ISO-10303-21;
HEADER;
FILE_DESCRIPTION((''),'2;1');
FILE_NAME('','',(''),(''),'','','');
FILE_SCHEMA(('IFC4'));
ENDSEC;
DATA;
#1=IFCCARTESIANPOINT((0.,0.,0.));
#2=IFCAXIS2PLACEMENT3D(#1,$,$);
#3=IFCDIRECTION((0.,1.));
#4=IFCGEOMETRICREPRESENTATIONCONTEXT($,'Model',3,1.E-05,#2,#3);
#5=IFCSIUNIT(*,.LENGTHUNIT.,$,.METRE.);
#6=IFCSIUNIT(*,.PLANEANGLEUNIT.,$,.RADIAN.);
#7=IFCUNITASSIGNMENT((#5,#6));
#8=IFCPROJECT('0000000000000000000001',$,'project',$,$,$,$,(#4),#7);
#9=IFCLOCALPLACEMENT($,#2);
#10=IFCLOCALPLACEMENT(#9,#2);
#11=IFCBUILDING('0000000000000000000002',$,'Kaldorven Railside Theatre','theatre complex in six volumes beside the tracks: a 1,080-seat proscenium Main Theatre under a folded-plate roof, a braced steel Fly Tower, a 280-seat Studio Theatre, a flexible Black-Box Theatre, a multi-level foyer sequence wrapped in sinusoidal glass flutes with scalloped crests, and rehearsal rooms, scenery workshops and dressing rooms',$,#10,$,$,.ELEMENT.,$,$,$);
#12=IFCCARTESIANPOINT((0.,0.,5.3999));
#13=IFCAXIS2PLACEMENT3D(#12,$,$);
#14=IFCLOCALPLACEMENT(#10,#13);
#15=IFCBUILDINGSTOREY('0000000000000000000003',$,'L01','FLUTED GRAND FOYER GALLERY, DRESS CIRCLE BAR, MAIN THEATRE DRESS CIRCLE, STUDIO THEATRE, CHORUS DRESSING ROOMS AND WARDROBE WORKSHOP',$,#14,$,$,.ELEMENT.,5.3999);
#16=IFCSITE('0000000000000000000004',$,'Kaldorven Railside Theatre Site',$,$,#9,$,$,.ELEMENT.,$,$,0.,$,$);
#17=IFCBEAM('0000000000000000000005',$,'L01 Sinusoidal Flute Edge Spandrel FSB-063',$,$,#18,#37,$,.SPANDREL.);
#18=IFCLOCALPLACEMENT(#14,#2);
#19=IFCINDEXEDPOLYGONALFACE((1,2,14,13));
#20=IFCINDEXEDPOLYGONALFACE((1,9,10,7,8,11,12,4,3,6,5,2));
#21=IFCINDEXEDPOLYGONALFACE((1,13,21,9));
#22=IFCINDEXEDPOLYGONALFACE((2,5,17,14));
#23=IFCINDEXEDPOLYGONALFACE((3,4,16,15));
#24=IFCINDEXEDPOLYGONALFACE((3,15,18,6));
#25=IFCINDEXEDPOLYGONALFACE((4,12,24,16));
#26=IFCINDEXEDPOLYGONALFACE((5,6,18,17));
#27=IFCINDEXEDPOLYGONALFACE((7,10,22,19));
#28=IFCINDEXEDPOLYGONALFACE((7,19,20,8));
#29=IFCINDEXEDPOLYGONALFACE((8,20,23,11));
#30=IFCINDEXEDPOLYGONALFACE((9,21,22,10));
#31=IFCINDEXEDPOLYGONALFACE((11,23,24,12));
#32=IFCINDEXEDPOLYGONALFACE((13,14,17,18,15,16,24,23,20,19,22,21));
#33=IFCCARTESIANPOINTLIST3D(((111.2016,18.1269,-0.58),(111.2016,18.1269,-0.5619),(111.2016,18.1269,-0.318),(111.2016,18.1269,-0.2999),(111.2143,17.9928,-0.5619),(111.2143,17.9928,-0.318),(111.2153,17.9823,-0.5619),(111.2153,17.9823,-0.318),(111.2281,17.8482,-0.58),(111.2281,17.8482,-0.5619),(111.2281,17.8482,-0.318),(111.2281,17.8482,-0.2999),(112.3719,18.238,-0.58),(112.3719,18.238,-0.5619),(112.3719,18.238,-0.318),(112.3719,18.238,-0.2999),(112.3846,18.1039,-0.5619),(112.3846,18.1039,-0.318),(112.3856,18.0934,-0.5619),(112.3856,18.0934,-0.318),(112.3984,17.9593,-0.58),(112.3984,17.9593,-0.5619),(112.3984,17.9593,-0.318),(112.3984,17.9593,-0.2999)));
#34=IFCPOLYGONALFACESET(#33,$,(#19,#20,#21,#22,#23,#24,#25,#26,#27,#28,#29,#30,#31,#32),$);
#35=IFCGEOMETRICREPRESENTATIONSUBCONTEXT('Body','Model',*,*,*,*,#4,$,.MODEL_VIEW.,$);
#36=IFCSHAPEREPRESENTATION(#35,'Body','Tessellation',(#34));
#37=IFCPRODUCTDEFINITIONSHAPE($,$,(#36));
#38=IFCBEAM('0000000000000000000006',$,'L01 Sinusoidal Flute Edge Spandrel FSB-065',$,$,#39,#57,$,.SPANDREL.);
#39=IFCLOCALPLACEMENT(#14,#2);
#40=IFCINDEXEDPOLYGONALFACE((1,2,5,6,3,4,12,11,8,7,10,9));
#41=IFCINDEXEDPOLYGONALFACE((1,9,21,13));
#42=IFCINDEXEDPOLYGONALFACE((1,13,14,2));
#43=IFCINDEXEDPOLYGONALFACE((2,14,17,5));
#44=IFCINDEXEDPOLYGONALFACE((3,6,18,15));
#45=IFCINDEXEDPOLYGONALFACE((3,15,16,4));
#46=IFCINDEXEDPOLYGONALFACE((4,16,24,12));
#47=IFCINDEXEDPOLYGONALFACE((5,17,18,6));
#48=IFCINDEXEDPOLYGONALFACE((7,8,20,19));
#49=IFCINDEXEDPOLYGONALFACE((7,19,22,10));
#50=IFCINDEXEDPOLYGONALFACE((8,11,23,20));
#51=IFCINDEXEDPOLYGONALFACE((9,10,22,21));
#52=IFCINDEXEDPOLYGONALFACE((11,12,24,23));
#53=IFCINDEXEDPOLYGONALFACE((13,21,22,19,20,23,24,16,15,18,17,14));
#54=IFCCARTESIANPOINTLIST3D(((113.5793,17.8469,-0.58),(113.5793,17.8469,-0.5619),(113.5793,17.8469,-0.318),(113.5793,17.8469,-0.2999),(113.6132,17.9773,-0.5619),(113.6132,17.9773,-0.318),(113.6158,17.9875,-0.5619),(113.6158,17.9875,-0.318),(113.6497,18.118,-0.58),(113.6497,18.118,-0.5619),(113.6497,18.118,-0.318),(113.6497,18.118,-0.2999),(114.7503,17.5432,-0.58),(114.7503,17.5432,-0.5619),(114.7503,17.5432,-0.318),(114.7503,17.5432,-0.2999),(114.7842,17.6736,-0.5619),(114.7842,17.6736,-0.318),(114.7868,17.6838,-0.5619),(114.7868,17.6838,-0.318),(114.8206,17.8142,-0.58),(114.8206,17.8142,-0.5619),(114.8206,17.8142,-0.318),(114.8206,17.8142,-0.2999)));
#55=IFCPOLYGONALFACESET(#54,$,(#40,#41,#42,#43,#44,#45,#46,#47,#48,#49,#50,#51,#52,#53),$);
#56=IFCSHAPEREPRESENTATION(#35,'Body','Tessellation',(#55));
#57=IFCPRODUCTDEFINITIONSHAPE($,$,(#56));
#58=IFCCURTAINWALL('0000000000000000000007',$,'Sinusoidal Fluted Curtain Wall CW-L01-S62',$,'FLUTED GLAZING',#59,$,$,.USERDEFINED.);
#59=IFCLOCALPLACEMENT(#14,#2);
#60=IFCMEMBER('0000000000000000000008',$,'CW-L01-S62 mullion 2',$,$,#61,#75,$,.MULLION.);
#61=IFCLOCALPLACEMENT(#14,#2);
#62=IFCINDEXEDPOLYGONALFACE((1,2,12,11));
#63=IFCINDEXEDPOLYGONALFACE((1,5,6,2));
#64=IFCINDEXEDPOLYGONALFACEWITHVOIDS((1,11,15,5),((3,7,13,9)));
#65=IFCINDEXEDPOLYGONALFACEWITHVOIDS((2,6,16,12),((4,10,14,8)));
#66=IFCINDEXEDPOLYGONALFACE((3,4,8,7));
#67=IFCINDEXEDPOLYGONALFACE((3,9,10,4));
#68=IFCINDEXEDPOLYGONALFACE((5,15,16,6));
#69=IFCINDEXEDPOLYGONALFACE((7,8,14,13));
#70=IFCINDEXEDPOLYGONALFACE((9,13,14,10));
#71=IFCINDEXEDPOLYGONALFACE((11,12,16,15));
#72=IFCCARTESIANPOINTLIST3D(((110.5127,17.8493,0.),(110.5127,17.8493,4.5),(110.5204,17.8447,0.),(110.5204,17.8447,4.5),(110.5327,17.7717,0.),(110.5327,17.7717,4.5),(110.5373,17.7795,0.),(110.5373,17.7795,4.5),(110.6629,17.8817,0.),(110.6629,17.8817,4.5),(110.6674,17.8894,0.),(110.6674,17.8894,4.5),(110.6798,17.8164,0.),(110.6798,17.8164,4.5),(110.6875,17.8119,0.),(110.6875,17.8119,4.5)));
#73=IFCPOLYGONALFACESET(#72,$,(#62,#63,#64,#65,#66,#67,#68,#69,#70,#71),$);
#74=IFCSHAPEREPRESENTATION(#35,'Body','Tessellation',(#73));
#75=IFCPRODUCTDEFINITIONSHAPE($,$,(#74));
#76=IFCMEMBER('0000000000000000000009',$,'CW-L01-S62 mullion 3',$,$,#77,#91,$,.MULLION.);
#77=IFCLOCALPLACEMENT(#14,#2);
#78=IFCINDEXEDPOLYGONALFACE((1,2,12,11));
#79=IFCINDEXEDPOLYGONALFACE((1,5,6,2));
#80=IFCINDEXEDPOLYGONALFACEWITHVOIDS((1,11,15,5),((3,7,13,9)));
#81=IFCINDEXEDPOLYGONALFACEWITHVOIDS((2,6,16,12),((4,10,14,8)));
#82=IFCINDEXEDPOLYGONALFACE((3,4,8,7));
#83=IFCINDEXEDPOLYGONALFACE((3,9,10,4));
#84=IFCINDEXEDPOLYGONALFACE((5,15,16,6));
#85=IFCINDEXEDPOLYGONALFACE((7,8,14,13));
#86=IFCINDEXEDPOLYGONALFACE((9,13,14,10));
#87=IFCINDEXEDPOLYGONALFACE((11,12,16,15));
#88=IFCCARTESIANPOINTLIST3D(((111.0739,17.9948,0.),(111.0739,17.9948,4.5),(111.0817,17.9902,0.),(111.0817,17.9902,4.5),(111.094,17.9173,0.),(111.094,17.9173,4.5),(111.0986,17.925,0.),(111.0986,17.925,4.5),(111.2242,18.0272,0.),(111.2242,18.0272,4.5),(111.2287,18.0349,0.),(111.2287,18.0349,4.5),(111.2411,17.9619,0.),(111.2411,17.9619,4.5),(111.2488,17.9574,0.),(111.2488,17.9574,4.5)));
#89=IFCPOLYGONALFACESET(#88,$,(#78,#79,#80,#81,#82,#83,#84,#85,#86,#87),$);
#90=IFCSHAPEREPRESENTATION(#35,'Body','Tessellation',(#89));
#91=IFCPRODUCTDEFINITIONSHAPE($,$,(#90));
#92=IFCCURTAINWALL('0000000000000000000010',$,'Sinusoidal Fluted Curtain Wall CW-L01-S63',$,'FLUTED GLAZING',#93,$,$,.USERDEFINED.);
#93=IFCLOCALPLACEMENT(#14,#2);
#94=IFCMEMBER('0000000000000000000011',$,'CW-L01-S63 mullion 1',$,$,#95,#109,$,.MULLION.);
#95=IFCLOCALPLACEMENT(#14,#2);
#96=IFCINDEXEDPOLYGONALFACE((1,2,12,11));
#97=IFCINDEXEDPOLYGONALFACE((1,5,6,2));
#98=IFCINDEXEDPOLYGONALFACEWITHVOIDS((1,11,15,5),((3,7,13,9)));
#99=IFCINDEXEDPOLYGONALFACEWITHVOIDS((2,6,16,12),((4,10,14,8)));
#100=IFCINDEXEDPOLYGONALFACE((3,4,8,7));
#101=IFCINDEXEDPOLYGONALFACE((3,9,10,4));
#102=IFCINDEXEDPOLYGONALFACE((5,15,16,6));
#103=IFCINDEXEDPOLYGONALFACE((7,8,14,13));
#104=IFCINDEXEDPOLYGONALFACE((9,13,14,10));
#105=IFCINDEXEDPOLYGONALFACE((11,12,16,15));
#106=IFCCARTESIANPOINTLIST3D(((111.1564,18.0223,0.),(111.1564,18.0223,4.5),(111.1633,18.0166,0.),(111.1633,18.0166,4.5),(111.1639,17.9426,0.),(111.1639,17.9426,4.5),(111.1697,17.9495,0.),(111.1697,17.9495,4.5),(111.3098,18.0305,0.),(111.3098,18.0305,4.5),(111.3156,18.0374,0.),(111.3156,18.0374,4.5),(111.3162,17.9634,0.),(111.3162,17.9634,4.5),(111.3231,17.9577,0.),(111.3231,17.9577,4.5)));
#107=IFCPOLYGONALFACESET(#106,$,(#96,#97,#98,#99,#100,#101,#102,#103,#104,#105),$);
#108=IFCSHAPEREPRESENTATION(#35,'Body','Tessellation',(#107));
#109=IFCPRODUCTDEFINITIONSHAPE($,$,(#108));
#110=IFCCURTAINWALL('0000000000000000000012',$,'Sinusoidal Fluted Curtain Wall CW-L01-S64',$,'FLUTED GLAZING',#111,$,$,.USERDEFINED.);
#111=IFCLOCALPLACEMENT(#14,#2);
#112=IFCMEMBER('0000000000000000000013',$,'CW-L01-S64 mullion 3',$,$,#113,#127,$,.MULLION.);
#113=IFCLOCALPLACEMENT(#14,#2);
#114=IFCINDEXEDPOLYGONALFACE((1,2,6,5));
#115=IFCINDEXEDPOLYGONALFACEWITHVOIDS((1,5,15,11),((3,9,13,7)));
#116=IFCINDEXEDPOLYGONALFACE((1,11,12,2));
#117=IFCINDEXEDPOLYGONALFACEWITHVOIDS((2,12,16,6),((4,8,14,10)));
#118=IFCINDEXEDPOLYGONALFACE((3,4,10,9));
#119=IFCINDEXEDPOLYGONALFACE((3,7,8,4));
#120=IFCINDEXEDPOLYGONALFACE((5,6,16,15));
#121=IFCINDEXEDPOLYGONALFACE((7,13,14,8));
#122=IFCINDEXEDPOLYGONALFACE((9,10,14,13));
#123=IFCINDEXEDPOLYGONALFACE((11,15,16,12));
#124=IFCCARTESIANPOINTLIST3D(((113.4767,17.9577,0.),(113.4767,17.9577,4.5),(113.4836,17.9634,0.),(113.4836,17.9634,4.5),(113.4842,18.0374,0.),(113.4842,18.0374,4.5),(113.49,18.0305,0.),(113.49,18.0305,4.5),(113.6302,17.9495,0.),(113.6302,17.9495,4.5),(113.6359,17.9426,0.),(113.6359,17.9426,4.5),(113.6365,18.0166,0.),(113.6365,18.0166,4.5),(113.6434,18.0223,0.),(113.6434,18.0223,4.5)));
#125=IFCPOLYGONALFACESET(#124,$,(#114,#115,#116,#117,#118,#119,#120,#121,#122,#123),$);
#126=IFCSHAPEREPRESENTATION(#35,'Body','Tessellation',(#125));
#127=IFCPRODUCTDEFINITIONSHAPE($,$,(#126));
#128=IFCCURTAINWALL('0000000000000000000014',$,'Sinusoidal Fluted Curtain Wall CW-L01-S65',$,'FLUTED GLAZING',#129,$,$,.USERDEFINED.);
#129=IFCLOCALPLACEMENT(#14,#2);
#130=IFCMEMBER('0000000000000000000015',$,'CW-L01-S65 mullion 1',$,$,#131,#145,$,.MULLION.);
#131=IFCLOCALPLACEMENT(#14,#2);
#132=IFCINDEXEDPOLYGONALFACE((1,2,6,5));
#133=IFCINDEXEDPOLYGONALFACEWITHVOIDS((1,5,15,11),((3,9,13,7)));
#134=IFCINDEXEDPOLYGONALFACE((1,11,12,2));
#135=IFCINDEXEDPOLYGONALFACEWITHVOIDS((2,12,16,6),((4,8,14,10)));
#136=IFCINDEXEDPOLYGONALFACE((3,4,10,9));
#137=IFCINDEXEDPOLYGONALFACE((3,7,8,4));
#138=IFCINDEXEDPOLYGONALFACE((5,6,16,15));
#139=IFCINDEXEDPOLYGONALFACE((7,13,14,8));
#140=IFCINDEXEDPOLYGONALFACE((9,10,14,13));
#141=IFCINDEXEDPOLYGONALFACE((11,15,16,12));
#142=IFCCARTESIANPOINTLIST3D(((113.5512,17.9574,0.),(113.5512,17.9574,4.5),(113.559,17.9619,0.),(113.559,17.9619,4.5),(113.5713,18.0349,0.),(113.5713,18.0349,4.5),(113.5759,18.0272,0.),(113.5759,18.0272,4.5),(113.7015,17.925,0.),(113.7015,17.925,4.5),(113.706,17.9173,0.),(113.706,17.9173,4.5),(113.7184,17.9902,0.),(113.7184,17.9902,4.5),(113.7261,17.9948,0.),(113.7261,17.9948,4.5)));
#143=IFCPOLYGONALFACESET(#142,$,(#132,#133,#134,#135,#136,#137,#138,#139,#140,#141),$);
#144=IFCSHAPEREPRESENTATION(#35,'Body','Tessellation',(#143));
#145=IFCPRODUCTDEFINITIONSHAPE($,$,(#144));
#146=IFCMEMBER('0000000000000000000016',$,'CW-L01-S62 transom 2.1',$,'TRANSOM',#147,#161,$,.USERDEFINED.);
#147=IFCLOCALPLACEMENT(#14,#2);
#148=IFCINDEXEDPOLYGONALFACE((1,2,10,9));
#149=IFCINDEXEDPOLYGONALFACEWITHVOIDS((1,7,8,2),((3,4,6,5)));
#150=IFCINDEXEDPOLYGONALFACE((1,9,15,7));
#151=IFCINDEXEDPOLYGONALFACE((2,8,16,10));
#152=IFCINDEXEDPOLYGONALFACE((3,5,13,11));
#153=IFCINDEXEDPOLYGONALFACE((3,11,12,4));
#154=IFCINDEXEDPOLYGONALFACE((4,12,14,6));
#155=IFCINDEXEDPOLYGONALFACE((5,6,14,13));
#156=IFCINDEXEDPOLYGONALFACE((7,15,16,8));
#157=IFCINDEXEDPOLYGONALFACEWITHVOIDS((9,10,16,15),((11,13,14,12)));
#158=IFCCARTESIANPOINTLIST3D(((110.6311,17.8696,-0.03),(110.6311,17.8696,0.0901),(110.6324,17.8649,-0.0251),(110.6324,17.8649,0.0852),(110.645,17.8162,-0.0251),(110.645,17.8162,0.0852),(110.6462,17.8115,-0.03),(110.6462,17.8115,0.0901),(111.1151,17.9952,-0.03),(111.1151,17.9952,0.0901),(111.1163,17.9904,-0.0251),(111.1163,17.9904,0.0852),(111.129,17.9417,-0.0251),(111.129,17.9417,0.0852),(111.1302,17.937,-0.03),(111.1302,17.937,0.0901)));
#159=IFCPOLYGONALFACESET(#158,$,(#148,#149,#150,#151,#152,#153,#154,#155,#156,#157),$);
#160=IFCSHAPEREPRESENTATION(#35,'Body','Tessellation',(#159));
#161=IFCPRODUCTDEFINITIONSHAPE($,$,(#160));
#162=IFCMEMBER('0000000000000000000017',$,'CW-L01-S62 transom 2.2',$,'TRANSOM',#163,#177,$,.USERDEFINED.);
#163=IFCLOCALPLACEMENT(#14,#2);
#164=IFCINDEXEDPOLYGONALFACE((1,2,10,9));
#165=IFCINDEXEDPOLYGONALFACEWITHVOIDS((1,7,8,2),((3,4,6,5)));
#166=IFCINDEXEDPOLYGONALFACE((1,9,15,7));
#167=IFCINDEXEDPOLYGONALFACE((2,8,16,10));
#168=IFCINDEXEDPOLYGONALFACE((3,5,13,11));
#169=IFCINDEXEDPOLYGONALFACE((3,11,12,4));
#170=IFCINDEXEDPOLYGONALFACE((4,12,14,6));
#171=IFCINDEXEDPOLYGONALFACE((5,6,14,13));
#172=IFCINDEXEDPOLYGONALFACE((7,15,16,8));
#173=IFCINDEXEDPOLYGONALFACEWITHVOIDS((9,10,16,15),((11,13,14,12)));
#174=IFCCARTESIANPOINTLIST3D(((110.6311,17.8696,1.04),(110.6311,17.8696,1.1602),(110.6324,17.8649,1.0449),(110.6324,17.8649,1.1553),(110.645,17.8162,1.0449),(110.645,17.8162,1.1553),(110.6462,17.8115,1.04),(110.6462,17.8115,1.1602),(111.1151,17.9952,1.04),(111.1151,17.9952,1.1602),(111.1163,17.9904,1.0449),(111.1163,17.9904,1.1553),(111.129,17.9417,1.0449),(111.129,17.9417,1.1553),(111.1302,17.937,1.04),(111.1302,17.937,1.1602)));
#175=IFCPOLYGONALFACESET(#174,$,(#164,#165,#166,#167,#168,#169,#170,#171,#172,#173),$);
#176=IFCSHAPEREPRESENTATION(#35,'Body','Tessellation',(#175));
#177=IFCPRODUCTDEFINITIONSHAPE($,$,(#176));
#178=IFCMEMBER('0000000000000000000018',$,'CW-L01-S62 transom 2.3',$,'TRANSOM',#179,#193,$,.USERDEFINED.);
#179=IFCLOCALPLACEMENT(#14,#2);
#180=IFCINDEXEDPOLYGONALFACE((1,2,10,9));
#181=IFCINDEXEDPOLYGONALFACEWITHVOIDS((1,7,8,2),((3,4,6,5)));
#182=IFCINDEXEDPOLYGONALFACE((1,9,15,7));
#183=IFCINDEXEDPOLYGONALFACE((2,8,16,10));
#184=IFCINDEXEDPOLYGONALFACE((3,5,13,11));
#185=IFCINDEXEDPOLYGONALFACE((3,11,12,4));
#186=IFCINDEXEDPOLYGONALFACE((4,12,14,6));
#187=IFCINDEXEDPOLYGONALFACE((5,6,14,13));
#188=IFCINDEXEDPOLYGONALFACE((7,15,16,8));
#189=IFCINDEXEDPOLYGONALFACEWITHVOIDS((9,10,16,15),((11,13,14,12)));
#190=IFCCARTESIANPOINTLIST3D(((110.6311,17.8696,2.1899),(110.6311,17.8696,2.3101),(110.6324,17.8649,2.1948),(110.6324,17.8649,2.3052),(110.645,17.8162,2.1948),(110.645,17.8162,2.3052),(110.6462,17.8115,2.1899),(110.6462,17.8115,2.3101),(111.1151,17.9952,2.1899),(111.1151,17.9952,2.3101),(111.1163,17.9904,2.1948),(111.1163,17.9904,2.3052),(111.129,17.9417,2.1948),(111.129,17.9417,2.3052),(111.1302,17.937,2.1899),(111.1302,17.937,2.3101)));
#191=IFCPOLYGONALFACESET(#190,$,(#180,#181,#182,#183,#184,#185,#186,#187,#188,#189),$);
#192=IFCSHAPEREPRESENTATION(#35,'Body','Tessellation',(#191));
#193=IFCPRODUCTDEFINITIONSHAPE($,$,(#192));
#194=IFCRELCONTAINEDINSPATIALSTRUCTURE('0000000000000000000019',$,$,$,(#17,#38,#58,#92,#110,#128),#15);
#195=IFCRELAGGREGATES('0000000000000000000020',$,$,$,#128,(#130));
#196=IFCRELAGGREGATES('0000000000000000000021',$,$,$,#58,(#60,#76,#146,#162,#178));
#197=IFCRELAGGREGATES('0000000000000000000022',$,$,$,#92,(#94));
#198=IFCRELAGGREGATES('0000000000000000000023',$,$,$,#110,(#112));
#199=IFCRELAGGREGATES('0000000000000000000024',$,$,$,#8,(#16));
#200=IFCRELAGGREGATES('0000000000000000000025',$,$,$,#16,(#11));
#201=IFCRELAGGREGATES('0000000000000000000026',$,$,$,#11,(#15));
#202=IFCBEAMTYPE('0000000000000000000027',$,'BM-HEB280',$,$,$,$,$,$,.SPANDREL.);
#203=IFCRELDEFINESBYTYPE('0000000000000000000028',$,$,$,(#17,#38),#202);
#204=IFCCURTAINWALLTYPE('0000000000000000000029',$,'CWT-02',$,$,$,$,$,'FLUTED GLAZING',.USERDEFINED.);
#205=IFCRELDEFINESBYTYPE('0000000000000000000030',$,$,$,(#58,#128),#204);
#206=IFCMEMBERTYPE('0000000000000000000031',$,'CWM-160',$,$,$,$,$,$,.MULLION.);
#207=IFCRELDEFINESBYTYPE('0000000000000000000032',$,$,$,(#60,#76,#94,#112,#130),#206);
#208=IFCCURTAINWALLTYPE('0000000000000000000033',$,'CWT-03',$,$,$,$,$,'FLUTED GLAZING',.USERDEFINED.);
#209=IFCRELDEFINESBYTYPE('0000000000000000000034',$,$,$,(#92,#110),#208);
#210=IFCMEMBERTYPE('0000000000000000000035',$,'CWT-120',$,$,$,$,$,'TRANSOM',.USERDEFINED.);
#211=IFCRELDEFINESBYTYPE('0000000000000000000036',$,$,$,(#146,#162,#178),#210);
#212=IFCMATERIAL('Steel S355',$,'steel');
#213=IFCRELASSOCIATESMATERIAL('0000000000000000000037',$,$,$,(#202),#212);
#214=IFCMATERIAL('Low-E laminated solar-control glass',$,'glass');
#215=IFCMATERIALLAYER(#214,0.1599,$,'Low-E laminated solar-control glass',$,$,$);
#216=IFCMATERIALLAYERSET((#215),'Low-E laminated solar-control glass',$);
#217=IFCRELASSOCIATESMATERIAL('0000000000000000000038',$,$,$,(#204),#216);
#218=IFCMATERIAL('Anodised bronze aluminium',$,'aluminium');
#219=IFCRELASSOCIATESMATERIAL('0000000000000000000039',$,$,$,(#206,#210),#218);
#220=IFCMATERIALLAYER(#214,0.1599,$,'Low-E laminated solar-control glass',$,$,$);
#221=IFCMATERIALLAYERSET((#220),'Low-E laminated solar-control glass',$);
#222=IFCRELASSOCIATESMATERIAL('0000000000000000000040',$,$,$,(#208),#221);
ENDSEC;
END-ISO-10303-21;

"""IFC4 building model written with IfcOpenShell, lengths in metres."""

from ifc_helpers import new_model, si_unit, direction, frame, origin, origin_2d, place, context, subcontext, project, spatial, hollow_rectangle, i_section, extrude, material, layer, layer_set, material_profile, profile_set, type_object, element, aggregate, save


model = new_model("IFC4")

# Units and contexts
model_context = context("Model", 3, precision=1e-05, world=origin(), true_north=direction((0.0, 1.0)))
body_context = subcontext(model_context, "Body", "Model", "MODEL_VIEW")
ifc_project = project(units=[si_unit("LENGTHUNIT", "METRE"), si_unit("PLANEANGLEUNIT", "RADIAN")], contexts=[model_context])

# Site, building, storey
site_placement = place(None, origin())
site = spatial("IfcSite", under=ifc_project, at=site_placement, Name="Kaldorven Railside Theatre Site", CompositionType="ELEMENT", RefElevation=0.0)
building_placement = place(site_placement, origin())
building = spatial("IfcBuilding", under=site, at=building_placement, Name="Kaldorven Railside Theatre", Description="theatre complex in six volumes beside the tracks: a 1,080-seat proscenium Main Theatre under a folded-plate roof, a braced steel Fly Tower, a 280-seat Studio Theatre, a flexible Black-Box Theatre, a multi-level foyer sequence wrapped in sinusoidal glass flutes with scalloped crests, and rehearsal rooms, scenery workshops and dressing rooms", CompositionType="ELEMENT")
storey_placement = place(building_placement, frame((0.0, 0.0, 5.3999)))
storey = spatial("IfcBuildingStorey", under=building, at=storey_placement, Name="L01", Description="FLUTED GRAND FOYER GALLERY, DRESS CIRCLE BAR, MAIN THEATRE DRESS CIRCLE, STUDIO THEATRE, CHORUS DRESSING ROOMS AND WARDROBE WORKSHOP", CompositionType="ELEMENT", Elevation=5.3999)

# Beams
ifc_material_1 = material(Name="Steel S355", Category="steel")
ifc_material_profile_1 = material_profile(ifc_material_1, i_section(OverallWidth=0.28, OverallDepth=0.28, WebThickness=0.0105, FlangeThickness=0.0181, at=origin_2d()), Name="HEB 280")
ifc_profile_set_1 = profile_set([ifc_material_profile_1], Name="Steel S355")
beam_type = type_object("IfcBeamType", Name="BM-HEB280", PredefinedType="SPANDREL", material=ifc_profile_set_1)
beam_1_placement = place(storey_placement, frame((111.2148, 17.9875, -0.4399), z_axis=(0.995524, 0.094505, 0.0), x_axis=(-0.094505, 0.995524, 0.0)))
element("IfcBeam", 1, at=beam_1_placement, inside=storey, type_object=beam_type, Name="L01 Sinusoidal Flute Edge Spandrel FSB-063", PredefinedType="SPANDREL", context=body_context, shape_type="SweptSolid", body=[
    extrude(i_section(OverallWidth=0.28, OverallDepth=0.28, WebThickness=0.0105, FlangeThickness=0.0181, at=origin_2d()), origin(), (0.0, 0.0, 1.0), 1.1755),
])
beam_2_placement = place(storey_placement, frame((113.6145, 17.9824, -0.4399), z_axis=(0.967968, -0.251074, 0.0), x_axis=(0.251074, 0.967968, 0.0)))
element("IfcBeam", 2, at=beam_2_placement, inside=storey, type_object=beam_type, Name="L01 Sinusoidal Flute Edge Spandrel FSB-065", PredefinedType="SPANDREL", context=body_context, shape_type="SweptSolid", body=[
    extrude(i_section(OverallWidth=0.28, OverallDepth=0.28, WebThickness=0.0105, FlangeThickness=0.0181, at=origin_2d()), origin(), (0.0, 0.0, 1.0), 1.2097),
])

# Curtain wall, members
ifc_material_2 = material(Name="Low-E laminated solar-control glass", Category="glass")
ifc_layer_1 = layer(ifc_material_2, 0.1599, Name="Low-E laminated solar-control glass")
ifc_layer_set_1 = layer_set([ifc_layer_1], Name="Low-E laminated solar-control glass")
curtain_wall_type_1 = type_object("IfcCurtainWallType", Name="CWT-02", ElementType="FLUTED GLAZING", PredefinedType="USERDEFINED", material=ifc_layer_set_1)
curtain_wall_1_placement = place(storey_placement, origin())
curtain_wall_1 = element("IfcCurtainWall", 3, at=curtain_wall_1_placement, inside=storey, type_object=curtain_wall_type_1, Name="Sinusoidal Fluted Curtain Wall CW-L01-S62", ObjectType="FLUTED GLAZING", PredefinedType="USERDEFINED")
ifc_material_3 = material(Name="Anodised bronze aluminium", Category="aluminium")
ifc_material_profile_2 = material_profile(ifc_material_3, hollow_rectangle(XDim=0.0801, YDim=0.1599, WallThickness=0.0063, at=origin_2d()), Name="RHS 160x80x6.3")
ifc_profile_set_2 = profile_set([ifc_material_profile_2], Name="Anodised bronze aluminium")
member_type_1 = type_object("IfcMemberType", Name="CWM-160", PredefinedType="MULLION", material=ifc_profile_set_2)
member_1_placement = place(storey_placement, frame((110.6001, 17.8306, 0.0), z_axis=(0.0, 0.0, 1.0), x_axis=(-0.250954, 0.967999, 0.0)))
member_1 = element("IfcMember", 4, at=member_1_placement, type_object=member_type_1, Name="CW-L01-S62 mullion 2", PredefinedType="MULLION", context=body_context, shape_type="SweptSolid", body=[
    extrude(hollow_rectangle(XDim=0.0801, YDim=0.1599, WallThickness=0.0063, at=origin_2d()), origin(), (0.0, 0.0, 1.0), 4.5),
])
member_2_placement = place(storey_placement, frame((111.1614, 17.9761, 0.0), z_axis=(0.0, 0.0, 1.0), x_axis=(-0.250954, 0.967999, 0.0)))
member_2 = element("IfcMember", 5, at=member_2_placement, type_object=member_type_1, Name="CW-L01-S62 mullion 3", PredefinedType="MULLION", context=body_context, shape_type="SweptSolid", body=[
    extrude(hollow_rectangle(XDim=0.0801, YDim=0.1599, WallThickness=0.0063, at=origin_2d()), origin(), (0.0, 0.0, 1.0), 4.5),
])

# Curtain walls, members
ifc_layer_2 = layer(ifc_material_2, 0.1599, Name="Low-E laminated solar-control glass")
ifc_layer_set_2 = layer_set([ifc_layer_2], Name="Low-E laminated solar-control glass")
curtain_wall_type_2 = type_object("IfcCurtainWallType", Name="CWT-03", ElementType="FLUTED GLAZING", PredefinedType="USERDEFINED", material=ifc_layer_set_2)
curtain_wall_2_placement = place(storey_placement, origin())
curtain_wall_2 = element("IfcCurtainWall", 6, at=curtain_wall_2_placement, inside=storey, type_object=curtain_wall_type_2, Name="Sinusoidal Fluted Curtain Wall CW-L01-S63", ObjectType="FLUTED GLAZING", PredefinedType="USERDEFINED")
member_3_placement = place(storey_placement, frame((111.2397, 17.99, 0.0), z_axis=(0.0, 0.0, 1.0), x_axis=(-0.094492, 0.995526, 0.0)))
member_3 = element("IfcMember", 7, at=member_3_placement, type_object=member_type_1, Name="CW-L01-S63 mullion 1", PredefinedType="MULLION", context=body_context, shape_type="SweptSolid", body=[
    extrude(hollow_rectangle(XDim=0.0801, YDim=0.1599, WallThickness=0.0063, at=origin_2d()), origin(), (0.0, 0.0, 1.0), 4.5),
])
curtain_wall_3_placement = place(storey_placement, origin())
curtain_wall_3 = element("IfcCurtainWall", 8, at=curtain_wall_3_placement, inside=storey, type_object=curtain_wall_type_2, Name="Sinusoidal Fluted Curtain Wall CW-L01-S64", ObjectType="FLUTED GLAZING", PredefinedType="USERDEFINED")
member_4_placement = place(storey_placement, frame((113.5601, 17.99, 0.0), z_axis=(0.0, 0.0, 1.0), x_axis=(0.094492, 0.995526, 0.0)))
member_4 = element("IfcMember", 9, at=member_4_placement, type_object=member_type_1, Name="CW-L01-S64 mullion 3", PredefinedType="MULLION", context=body_context, shape_type="SweptSolid", body=[
    extrude(hollow_rectangle(XDim=0.0801, YDim=0.1599, WallThickness=0.0063, at=origin_2d()), origin(), (0.0, 0.0, 1.0), 4.5),
])
curtain_wall_4_placement = place(storey_placement, origin())
curtain_wall_4 = element("IfcCurtainWall", 10, at=curtain_wall_4_placement, inside=storey, type_object=curtain_wall_type_1, Name="Sinusoidal Fluted Curtain Wall CW-L01-S65", ObjectType="FLUTED GLAZING", PredefinedType="USERDEFINED")
member_5_placement = place(storey_placement, frame((113.6387, 17.9761, 0.0), z_axis=(0.0, 0.0, 1.0), x_axis=(0.250954, 0.967999, 0.0)))
member_5 = element("IfcMember", 11, at=member_5_placement, type_object=member_type_1, Name="CW-L01-S65 mullion 1", PredefinedType="MULLION", context=body_context, shape_type="SweptSolid", body=[
    extrude(hollow_rectangle(XDim=0.0801, YDim=0.1599, WallThickness=0.0063, at=origin_2d()), origin(), (0.0, 0.0, 1.0), 4.5),
])

# Members
ifc_material_profile_3 = material_profile(ifc_material_3, hollow_rectangle(XDim=0.0601, YDim=0.1201, WallThickness=0.0049, at=origin_2d()), Name="RHS 120x60x5")
ifc_profile_set_3 = profile_set([ifc_material_profile_3], Name="Anodised bronze aluminium")
member_type_2 = type_object("IfcMemberType", Name="CWT-120", ElementType="TRANSOM", PredefinedType="USERDEFINED", material=ifc_profile_set_3)
member_6_placement = place(storey_placement, frame((110.6387, 17.8406, 0.03), z_axis=(0.967979, 0.25103, 0.0), x_axis=(-0.25103, 0.967979, 0.0)))
member_6 = element("IfcMember", 12, at=member_6_placement, type_object=member_type_2, Name="CW-L01-S62 transom 2.1", ObjectType="TRANSOM", PredefinedType="USERDEFINED", context=body_context, shape_type="SweptSolid", body=[
    extrude(hollow_rectangle(XDim=0.0601, YDim=0.1201, WallThickness=0.0049, at=origin_2d()), origin(), (0.0, 0.0, 1.0), 0.5),
])
member_7_placement = place(storey_placement, frame((110.6387, 17.8406, 1.1001), z_axis=(0.967979, 0.25103, 0.0), x_axis=(-0.25103, 0.967979, 0.0)))
member_7 = element("IfcMember", 13, at=member_7_placement, type_object=member_type_2, Name="CW-L01-S62 transom 2.2", ObjectType="TRANSOM", PredefinedType="USERDEFINED", context=body_context, shape_type="SweptSolid", body=[
    extrude(hollow_rectangle(XDim=0.0601, YDim=0.1201, WallThickness=0.0049, at=origin_2d()), origin(), (0.0, 0.0, 1.0), 0.5),
])
member_8_placement = place(storey_placement, frame((110.6387, 17.8406, 2.25), z_axis=(0.967979, 0.25103, 0.0), x_axis=(-0.25103, 0.967979, 0.0)))
member_8 = element("IfcMember", 14, at=member_8_placement, type_object=member_type_2, Name="CW-L01-S62 transom 2.3", ObjectType="TRANSOM", PredefinedType="USERDEFINED", context=body_context, shape_type="SweptSolid", body=[
    extrude(hollow_rectangle(XDim=0.0601, YDim=0.1201, WallThickness=0.0049, at=origin_2d()), origin(), (0.0, 0.0, 1.0), 0.5),
])
aggregate(curtain_wall_4, [member_5])

aggregate(curtain_wall_1, [member_1, member_2, member_6, member_7, member_8])
aggregate(curtain_wall_2, [member_3])
aggregate(curtain_wall_3, [member_4])

save(model, "model.ifc")
